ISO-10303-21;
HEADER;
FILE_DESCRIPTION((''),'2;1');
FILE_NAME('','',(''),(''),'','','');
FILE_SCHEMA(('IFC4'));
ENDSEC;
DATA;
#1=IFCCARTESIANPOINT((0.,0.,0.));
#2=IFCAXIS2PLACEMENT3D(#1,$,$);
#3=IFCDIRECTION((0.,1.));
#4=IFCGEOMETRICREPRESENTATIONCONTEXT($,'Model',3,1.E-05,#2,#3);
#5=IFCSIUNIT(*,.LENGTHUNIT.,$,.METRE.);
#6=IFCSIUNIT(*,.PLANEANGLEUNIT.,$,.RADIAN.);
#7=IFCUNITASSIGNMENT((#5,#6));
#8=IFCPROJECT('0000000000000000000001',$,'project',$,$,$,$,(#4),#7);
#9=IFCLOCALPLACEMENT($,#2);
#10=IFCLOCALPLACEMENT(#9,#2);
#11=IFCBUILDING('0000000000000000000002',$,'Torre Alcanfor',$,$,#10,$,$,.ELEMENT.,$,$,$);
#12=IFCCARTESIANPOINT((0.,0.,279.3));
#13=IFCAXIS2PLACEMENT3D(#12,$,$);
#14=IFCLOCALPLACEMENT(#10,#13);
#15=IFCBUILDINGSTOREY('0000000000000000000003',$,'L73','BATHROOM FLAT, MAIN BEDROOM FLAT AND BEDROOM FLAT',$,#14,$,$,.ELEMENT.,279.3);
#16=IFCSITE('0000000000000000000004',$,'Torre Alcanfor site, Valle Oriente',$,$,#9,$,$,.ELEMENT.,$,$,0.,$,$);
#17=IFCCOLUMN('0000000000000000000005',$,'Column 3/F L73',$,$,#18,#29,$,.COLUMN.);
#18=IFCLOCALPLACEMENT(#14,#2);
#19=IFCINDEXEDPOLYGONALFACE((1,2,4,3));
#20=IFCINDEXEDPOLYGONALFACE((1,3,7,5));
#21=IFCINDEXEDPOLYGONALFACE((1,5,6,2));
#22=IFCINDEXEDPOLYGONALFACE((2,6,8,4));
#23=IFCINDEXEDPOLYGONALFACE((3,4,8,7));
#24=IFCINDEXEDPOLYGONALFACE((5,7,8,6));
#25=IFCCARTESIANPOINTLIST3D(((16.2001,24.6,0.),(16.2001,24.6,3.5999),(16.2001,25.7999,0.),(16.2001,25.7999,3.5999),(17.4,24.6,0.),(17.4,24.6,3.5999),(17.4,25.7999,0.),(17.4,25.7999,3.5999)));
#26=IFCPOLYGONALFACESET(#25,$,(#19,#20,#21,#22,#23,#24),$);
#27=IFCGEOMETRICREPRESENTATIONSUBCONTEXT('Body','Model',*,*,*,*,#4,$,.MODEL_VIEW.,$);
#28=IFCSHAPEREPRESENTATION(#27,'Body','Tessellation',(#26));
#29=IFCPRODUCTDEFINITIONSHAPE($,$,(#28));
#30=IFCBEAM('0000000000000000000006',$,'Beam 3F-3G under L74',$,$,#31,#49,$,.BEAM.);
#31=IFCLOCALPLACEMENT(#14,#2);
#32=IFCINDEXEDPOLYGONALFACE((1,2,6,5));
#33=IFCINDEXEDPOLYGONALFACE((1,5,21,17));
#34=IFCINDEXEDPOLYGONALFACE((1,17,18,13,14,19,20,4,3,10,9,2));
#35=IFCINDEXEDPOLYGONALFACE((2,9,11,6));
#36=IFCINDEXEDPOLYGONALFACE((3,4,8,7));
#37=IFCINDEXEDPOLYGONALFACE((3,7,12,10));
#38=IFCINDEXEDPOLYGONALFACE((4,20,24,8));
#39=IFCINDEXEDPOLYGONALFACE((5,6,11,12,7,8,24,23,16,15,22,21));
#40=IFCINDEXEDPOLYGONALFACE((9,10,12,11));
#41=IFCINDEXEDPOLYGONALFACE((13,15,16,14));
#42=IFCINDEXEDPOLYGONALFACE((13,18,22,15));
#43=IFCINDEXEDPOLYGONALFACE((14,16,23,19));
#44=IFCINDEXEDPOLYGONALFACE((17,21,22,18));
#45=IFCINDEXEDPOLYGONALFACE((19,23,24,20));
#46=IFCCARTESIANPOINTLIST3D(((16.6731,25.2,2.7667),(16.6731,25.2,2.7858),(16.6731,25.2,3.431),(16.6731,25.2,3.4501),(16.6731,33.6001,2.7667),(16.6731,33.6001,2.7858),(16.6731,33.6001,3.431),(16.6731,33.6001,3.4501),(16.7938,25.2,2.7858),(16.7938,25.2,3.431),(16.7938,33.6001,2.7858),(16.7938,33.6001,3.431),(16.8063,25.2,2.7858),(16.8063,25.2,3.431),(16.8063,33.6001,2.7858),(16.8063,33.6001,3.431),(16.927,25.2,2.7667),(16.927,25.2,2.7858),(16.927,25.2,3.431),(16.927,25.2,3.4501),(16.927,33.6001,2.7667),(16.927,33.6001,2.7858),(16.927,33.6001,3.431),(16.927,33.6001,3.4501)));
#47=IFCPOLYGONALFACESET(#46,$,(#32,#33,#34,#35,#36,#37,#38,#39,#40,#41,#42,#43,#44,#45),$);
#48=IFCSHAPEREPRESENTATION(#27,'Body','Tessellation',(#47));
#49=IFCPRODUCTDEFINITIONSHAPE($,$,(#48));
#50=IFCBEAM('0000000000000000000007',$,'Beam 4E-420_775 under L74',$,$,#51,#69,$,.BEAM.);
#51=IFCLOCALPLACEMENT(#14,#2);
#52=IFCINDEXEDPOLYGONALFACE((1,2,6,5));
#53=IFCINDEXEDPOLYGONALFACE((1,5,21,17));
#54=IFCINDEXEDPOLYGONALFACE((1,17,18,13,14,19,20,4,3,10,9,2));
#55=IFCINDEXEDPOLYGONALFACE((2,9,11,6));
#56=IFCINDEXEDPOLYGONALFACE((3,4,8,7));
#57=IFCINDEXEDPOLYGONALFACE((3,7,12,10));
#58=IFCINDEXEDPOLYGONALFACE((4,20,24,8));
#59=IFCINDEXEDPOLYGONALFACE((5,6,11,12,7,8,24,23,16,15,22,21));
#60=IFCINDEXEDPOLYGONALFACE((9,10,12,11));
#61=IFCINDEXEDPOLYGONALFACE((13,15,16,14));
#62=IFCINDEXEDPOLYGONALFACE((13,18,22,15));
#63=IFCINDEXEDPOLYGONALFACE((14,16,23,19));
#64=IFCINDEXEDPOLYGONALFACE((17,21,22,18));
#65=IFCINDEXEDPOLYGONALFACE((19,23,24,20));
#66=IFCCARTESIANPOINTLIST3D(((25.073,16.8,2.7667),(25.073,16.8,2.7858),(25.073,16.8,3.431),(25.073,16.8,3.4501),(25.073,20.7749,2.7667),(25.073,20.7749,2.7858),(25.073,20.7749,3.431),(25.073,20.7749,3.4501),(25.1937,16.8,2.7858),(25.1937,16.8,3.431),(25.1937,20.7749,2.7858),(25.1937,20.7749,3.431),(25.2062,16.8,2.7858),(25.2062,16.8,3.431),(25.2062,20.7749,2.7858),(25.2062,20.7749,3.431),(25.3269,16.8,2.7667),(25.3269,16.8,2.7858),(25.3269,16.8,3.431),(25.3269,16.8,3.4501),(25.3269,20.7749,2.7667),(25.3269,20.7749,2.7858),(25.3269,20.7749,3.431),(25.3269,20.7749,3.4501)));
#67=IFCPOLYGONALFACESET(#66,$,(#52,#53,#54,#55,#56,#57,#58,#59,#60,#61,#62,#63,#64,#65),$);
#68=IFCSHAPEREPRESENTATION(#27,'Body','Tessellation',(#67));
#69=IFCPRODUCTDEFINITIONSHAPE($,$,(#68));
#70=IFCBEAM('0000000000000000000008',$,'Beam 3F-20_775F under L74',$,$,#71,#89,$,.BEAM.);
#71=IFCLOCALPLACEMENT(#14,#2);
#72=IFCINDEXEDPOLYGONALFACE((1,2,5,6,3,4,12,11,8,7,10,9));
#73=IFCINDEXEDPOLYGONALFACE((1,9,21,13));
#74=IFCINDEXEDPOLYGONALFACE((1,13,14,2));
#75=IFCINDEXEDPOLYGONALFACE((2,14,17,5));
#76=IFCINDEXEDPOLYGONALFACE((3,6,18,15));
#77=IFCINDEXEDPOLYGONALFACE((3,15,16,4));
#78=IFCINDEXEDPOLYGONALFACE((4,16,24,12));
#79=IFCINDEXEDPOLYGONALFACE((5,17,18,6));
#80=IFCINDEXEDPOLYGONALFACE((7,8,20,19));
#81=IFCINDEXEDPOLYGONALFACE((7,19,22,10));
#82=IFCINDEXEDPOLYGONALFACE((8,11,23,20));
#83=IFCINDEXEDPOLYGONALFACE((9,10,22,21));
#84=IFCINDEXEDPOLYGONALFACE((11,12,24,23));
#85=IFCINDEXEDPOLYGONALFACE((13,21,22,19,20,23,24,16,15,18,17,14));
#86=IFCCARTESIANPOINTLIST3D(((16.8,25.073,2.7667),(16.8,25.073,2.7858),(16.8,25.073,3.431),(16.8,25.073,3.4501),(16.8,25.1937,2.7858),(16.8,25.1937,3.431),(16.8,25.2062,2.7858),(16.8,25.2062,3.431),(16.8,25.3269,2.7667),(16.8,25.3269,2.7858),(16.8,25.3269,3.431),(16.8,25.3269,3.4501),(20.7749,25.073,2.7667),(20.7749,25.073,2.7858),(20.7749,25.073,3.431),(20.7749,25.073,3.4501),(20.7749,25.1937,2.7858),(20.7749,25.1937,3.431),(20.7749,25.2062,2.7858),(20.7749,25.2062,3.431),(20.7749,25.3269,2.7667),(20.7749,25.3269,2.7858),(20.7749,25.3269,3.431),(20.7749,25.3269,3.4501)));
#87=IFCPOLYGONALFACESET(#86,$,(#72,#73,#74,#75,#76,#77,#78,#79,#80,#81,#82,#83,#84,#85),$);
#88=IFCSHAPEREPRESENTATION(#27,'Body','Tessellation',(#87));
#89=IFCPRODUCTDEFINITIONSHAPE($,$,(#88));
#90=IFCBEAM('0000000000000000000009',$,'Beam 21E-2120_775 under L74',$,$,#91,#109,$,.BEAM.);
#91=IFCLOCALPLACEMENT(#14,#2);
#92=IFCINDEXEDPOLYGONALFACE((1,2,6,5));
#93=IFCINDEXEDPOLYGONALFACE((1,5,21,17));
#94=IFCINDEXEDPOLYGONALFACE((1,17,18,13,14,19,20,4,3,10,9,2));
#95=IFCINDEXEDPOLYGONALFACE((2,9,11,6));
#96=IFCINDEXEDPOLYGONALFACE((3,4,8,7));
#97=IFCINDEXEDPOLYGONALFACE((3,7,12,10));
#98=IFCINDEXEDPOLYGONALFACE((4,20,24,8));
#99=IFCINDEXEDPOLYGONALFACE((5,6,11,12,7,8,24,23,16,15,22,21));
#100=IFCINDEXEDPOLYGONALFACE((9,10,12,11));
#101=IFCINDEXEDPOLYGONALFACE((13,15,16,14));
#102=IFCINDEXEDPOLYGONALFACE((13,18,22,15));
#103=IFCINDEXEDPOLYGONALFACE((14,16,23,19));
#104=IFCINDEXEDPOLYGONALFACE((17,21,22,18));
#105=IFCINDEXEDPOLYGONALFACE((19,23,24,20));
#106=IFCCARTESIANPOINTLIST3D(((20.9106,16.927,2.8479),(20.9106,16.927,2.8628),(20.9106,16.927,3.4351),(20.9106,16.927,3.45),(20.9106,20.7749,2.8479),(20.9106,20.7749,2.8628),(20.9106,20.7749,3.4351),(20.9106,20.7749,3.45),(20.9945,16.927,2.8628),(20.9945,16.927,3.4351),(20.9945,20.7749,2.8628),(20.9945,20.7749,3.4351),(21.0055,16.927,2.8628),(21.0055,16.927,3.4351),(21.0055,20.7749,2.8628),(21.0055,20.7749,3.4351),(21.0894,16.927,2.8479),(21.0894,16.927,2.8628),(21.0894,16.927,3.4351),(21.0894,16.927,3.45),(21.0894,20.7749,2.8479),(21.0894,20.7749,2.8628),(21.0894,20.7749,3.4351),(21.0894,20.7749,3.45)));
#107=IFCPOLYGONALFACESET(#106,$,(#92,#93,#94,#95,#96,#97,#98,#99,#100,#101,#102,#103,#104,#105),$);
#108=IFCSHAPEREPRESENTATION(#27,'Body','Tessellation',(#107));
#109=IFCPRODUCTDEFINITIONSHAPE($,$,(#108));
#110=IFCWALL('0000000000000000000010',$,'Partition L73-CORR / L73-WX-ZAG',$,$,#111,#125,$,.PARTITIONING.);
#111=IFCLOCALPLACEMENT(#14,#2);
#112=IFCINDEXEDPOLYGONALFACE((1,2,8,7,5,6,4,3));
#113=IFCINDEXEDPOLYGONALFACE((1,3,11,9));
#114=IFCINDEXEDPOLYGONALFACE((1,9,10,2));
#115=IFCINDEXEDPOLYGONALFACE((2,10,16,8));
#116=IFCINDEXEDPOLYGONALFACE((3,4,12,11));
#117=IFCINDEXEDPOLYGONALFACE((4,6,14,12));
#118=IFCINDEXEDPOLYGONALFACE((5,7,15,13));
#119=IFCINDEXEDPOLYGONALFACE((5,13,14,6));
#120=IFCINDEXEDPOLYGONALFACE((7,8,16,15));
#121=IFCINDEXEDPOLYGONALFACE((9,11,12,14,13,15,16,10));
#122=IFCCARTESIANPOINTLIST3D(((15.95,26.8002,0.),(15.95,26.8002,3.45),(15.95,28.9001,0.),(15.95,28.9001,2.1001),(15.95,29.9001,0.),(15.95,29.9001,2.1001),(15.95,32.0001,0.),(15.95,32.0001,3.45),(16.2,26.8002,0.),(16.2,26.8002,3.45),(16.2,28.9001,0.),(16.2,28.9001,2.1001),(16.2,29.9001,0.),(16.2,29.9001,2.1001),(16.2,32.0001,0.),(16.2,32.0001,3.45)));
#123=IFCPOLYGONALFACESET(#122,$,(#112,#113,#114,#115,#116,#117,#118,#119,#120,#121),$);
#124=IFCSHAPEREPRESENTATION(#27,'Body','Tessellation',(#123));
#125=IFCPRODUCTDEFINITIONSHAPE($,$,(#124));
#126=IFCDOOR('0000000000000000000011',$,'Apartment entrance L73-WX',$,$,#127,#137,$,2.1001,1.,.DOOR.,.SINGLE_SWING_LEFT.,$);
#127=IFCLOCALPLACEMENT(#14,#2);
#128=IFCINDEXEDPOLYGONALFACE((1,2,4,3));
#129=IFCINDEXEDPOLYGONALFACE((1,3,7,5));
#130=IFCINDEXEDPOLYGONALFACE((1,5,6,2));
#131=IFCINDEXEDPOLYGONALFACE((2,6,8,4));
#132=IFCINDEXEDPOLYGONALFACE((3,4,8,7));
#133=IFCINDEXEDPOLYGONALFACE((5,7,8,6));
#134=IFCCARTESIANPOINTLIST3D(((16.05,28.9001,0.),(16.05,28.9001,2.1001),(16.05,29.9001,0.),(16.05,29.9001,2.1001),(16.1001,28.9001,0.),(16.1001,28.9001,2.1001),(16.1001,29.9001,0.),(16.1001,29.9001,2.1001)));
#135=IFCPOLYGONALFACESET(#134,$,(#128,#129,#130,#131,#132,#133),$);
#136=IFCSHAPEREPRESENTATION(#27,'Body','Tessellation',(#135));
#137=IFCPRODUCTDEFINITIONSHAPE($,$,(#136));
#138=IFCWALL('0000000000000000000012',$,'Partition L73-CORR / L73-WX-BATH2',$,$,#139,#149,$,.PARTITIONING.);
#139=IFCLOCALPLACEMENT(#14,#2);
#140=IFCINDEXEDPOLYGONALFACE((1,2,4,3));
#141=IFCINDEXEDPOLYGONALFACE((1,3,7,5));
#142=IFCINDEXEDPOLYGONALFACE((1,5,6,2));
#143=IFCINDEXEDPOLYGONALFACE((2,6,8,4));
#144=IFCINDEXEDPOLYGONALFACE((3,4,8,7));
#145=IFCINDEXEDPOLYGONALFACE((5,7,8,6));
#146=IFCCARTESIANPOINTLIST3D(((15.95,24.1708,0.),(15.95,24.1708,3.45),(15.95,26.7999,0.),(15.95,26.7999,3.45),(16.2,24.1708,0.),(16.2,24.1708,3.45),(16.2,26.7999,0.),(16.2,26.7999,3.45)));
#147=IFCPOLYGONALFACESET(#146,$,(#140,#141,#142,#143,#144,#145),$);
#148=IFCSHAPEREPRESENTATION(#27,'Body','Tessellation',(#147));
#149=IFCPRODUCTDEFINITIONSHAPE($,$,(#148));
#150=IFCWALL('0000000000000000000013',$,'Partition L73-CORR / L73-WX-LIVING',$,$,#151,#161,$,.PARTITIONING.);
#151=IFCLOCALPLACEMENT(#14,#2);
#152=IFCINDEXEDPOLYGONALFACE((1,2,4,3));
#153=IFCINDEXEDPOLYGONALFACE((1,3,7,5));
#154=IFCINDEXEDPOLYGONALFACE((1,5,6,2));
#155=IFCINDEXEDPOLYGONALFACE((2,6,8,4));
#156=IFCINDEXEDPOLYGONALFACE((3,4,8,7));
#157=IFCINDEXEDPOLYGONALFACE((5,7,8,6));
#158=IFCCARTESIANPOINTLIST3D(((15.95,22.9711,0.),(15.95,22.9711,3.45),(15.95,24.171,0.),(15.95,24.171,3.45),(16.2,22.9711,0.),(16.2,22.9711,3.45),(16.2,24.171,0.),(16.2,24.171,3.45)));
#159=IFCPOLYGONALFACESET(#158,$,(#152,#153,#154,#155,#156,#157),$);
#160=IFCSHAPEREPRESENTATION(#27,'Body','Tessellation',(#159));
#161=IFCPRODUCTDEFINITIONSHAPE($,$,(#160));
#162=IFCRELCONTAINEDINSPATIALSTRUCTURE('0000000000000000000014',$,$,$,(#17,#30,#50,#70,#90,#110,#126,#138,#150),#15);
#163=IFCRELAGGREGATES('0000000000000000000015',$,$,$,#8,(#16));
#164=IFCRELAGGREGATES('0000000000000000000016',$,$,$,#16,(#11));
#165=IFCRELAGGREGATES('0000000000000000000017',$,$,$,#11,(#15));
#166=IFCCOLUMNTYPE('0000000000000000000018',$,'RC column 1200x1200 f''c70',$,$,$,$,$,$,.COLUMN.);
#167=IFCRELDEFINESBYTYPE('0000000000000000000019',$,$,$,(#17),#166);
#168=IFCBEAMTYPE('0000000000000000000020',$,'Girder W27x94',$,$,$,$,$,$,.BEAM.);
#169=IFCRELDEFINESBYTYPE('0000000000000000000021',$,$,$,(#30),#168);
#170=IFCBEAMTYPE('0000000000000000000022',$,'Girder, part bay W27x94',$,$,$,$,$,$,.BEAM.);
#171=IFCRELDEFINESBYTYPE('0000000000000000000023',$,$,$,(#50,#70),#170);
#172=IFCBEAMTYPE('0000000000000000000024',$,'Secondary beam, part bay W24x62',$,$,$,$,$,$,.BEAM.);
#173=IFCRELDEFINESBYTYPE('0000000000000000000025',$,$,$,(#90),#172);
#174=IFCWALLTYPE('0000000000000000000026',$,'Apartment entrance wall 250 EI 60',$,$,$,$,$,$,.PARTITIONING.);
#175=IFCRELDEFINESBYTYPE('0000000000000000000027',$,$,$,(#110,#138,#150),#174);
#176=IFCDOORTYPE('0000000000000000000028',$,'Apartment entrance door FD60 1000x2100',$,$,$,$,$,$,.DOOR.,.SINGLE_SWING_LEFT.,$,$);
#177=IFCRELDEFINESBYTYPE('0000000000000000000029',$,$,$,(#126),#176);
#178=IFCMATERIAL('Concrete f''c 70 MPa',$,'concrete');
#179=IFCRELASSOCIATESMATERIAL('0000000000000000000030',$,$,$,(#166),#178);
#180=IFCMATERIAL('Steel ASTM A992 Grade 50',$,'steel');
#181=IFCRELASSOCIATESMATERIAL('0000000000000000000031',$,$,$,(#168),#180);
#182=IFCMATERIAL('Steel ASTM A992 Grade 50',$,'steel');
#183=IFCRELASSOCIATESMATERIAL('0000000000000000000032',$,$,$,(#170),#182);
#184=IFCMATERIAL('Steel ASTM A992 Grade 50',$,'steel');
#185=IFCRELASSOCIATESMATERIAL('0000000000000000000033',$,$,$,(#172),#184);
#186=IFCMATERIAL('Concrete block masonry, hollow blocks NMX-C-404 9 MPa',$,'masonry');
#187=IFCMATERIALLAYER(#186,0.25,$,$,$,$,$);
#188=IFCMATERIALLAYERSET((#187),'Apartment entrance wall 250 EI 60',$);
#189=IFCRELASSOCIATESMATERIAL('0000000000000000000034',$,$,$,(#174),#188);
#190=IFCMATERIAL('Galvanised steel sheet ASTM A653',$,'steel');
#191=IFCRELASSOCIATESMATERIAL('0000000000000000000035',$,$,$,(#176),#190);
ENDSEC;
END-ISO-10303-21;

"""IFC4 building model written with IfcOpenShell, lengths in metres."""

from ifc_helpers import new_model, si_unit, direction, frame, frame_2d, origin, origin_2d, place, context, subcontext, project, spatial, rectangle, i_section, extrude, material, layer, layer_set, material_profile, profile_set, type_object, element, fill, save


model = new_model("IFC4")

# Units and contexts
model_context = context("Model", 3, precision=1e-05, world=origin(), true_north=direction((0.0, 1.0)))
body_context = subcontext(model_context, "Body", "Model", "MODEL_VIEW")
ifc_project = project(units=[si_unit("LENGTHUNIT", "METRE"), si_unit("PLANEANGLEUNIT", "RADIAN")], contexts=[model_context])

# Site, building, storey
site_placement = place(None, origin())
site = spatial("IfcSite", under=ifc_project, at=site_placement, Name="Torre Alcanfor site, Valle Oriente", CompositionType="ELEMENT", RefElevation=0.0)
building_placement = place(site_placement, origin())
building = spatial("IfcBuilding", under=site, at=building_placement, Name="Torre Alcanfor", CompositionType="ELEMENT")
storey_placement = place(building_placement, frame((0.0, 0.0, 279.3)))
storey = spatial("IfcBuildingStorey", under=building, at=storey_placement, Name="L73", Description="BATHROOM FLAT, MAIN BEDROOM FLAT AND BEDROOM FLAT", CompositionType="ELEMENT", Elevation=279.3)

# Column
ifc_material_1 = material(Name="Concrete f'c 70 MPa", Category="concrete")
ifc_material_profile_1 = material_profile(ifc_material_1, rectangle(XDim=1.2, YDim=1.2, at=origin_2d()), Name="1200x1200")
ifc_profile_set_1 = profile_set([ifc_material_profile_1], Name="Concrete f'c 70 MPa")
column_type = type_object("IfcColumnType", Name="RC column 1200x1200 f'c70", PredefinedType="COLUMN", material=ifc_profile_set_1)
column_placement = place(storey_placement, frame((16.8, 25.2, 0.0), z_axis=(0.0, 0.0, 1.0), x_axis=(1.0, 0.0, 0.0)))
element("IfcColumn", 1, at=column_placement, inside=storey, type_object=column_type, Name="Column 3/F L73", PredefinedType="COLUMN", context=body_context, shape_type="SweptSolid", body=[
    extrude(rectangle(XDim=1.2, YDim=1.2, at=origin_2d()), origin(), (0.0, 0.0, 1.0), 3.5999),
])

# Beams
ifc_material_2 = material(Name="Steel ASTM A992 Grade 50", Category="steel")
ifc_material_profile_2 = material_profile(ifc_material_2, i_section(OverallWidth=0.2539, OverallDepth=0.6833, WebThickness=0.0125, FlangeThickness=0.019, at=origin_2d()), Name="W27x94")
ifc_profile_set_2 = profile_set([ifc_material_profile_2], Name="Steel ASTM A992 Grade 50")
beam_type_1 = type_object("IfcBeamType", Name="Girder W27x94", PredefinedType="BEAM", material=ifc_profile_set_2)
beam_1_placement = place(storey_placement, frame((16.8, 25.2, 3.1084), z_axis=(0.0, 1.0, 0.0), x_axis=(-1.0, 0.0, 0.0)))
element("IfcBeam", 2, at=beam_1_placement, inside=storey, type_object=beam_type_1, Name="Beam 3F-3G under L74", PredefinedType="BEAM", context=body_context, shape_type="SweptSolid", body=[
    extrude(i_section(OverallWidth=0.2539, OverallDepth=0.6833, WebThickness=0.0125, FlangeThickness=0.019, at=origin_2d()), origin(), (0.0, 0.0, 1.0), 8.4001),
])
ifc_material_3 = material(Name="Steel ASTM A992 Grade 50", Category="steel")
ifc_material_profile_3 = material_profile(ifc_material_3, i_section(OverallWidth=0.2539, OverallDepth=0.6833, WebThickness=0.0125, FlangeThickness=0.019, at=origin_2d()), Name="W27x94")
ifc_profile_set_3 = profile_set([ifc_material_profile_3], Name="Steel ASTM A992 Grade 50")
beam_type_2 = type_object("IfcBeamType", Name="Girder, part bay W27x94", PredefinedType="BEAM", material=ifc_profile_set_3)
for number, where, z_axis, x_axis, name in (
    (3, (25.2, 16.8, 3.1084), (0.0, 1.0, 0.0), (-1.0, 0.0, 0.0), "Beam 4E-420_775 under L74"),
    (4, (16.8, 25.2, 3.1084), (1.0, 0.0, 0.0), (0.0, 1.0, 0.0), "Beam 3F-20_775F under L74"),
):
    element("IfcBeam", number, at=place(storey_placement, frame(where, z_axis=z_axis, x_axis=x_axis)), inside=storey, type_object=beam_type_2, Name=name, PredefinedType="BEAM", context=body_context, shape_type="SweptSolid", body=[
        extrude(i_section(OverallWidth=0.2539, OverallDepth=0.6833, WebThickness=0.0125, FlangeThickness=0.019, at=origin_2d()), origin(), (0.0, 0.0, 1.0), 3.9749),
    ])
ifc_material_4 = material(Name="Steel ASTM A992 Grade 50", Category="steel")
ifc_material_profile_4 = material_profile(ifc_material_4, i_section(OverallWidth=0.1787, OverallDepth=0.6021, WebThickness=0.011, FlangeThickness=0.0149, at=origin_2d()), Name="W24x62")
ifc_profile_set_4 = profile_set([ifc_material_profile_4], Name="Steel ASTM A992 Grade 50")
beam_type_3 = type_object("IfcBeamType", Name="Secondary beam, part bay W24x62", PredefinedType="BEAM", material=ifc_profile_set_4)
beam_2_placement = place(storey_placement, frame((21.0, 16.927, 3.1489), z_axis=(0.0, 1.0, 0.0), x_axis=(-1.0, 0.0, 0.0)))
element("IfcBeam", 5, at=beam_2_placement, inside=storey, type_object=beam_type_3, Name="Beam 21E-2120_775 under L74", PredefinedType="BEAM", context=body_context, shape_type="SweptSolid", body=[
    extrude(i_section(OverallWidth=0.1787, OverallDepth=0.6021, WebThickness=0.011, FlangeThickness=0.0149, at=origin_2d()), origin(), (0.0, 0.0, 1.0), 3.8479),
])

# Wall, opening, door
ifc_material_5 = material(Name="Concrete block masonry, hollow blocks NMX-C-404 9 MPa", Category="masonry")
ifc_layer_1 = layer(ifc_material_5, 0.25)
ifc_layer_set_1 = layer_set([ifc_layer_1], Name="Apartment entrance wall 250 EI 60")
wall_type_1 = type_object("IfcWallType", Name="Apartment entrance wall 250 EI 60", PredefinedType="PARTITIONING", material=ifc_layer_set_1)
wall_1_placement = place(storey_placement, frame((16.075, 26.8, 0.0), z_axis=(0.0, 0.0, 1.0), x_axis=(0.0, 1.0, 0.0)))
wall_1 = element("IfcWall", 6, at=wall_1_placement, inside=storey, type_object=wall_type_1, Name="Partition L73-CORR / L73-WX-ZAG", PredefinedType="PARTITIONING", context=body_context, shape_type="SweptSolid", body=[
    extrude(rectangle(XDim=5.2, YDim=0.25, at=frame_2d((2.6001, 0.0))), origin(), (0.0, 0.0, 1.0), 3.45),
])
opening_1_placement = place(wall_1_placement, frame((2.1001, 0.0, 0.0)))
opening_1 = element("IfcOpeningElement", 7, at=opening_1_placement, cuts=wall_1, PredefinedType="OPENING", context=body_context, shape_type="SweptSolid", body=[
    extrude(rectangle(XDim=1.0, YDim=2.1001, at=frame_2d((0.5, 1.05))), frame((0.0, 0.135, 0.0), z_axis=(0.0, -1.0, 0.0), x_axis=(1.0, 0.0, 0.0)), (0.0, 0.0, 1.0), 0.27),
])
ifc_material_6 = material(Name="Galvanised steel sheet ASTM A653", Category="steel")
door_type_1 = type_object("IfcDoorType", Name="Apartment entrance door FD60 1000x2100", OperationType="SINGLE_SWING_LEFT", PredefinedType="DOOR", material=ifc_material_6)
door_1_placement = place(opening_1_placement, origin())
door_1 = element("IfcDoor", 8, at=door_1_placement, inside=storey, type_object=door_type_1, Name="Apartment entrance L73-WX", OperationType="SINGLE_SWING_LEFT", OverallHeight=2.1001, OverallWidth=1.0, PredefinedType="DOOR", context=body_context, shape_type="SweptSolid", body=[
    extrude(rectangle(XDim=1.0, YDim=2.1001, at=frame_2d((0.5, 1.05))), frame((0.0, 0.0249, 0.0), z_axis=(0.0, -1.0, 0.0), x_axis=(1.0, 0.0, 0.0)), (0.0, 0.0, 1.0), 0.05),
])
fill(opening_1, door_1)

# Walls
wall_2_placement = place(storey_placement, frame((16.075, 24.1709, 0.0), z_axis=(0.0, 0.0, 1.0), x_axis=(0.0, 1.0, 0.0)))
element("IfcWall", 9, at=wall_2_placement, inside=storey, type_object=wall_type_1, Name="Partition L73-CORR / L73-WX-BATH2", PredefinedType="PARTITIONING", context=body_context, shape_type="SweptSolid", body=[
    extrude(rectangle(XDim=2.6292, YDim=0.25, at=frame_2d((1.3145, 0.0))), origin(), (0.0, 0.0, 1.0), 3.45),
])
wall_3_placement = place(storey_placement, frame((16.075, 22.9709, 0.0), z_axis=(0.0, 0.0, 1.0), x_axis=(0.0, 1.0, 0.0)))
element("IfcWall", 10, at=wall_3_placement, inside=storey, type_object=wall_type_1, Name="Partition L73-CORR / L73-WX-LIVING", PredefinedType="PARTITIONING", context=body_context, shape_type="SweptSolid", body=[
    extrude(rectangle(XDim=1.2, YDim=0.25, at=frame_2d((0.6001, 0.0))), origin(), (0.0, 0.0, 1.0), 3.45),
])

save(model, "model.ifc")
